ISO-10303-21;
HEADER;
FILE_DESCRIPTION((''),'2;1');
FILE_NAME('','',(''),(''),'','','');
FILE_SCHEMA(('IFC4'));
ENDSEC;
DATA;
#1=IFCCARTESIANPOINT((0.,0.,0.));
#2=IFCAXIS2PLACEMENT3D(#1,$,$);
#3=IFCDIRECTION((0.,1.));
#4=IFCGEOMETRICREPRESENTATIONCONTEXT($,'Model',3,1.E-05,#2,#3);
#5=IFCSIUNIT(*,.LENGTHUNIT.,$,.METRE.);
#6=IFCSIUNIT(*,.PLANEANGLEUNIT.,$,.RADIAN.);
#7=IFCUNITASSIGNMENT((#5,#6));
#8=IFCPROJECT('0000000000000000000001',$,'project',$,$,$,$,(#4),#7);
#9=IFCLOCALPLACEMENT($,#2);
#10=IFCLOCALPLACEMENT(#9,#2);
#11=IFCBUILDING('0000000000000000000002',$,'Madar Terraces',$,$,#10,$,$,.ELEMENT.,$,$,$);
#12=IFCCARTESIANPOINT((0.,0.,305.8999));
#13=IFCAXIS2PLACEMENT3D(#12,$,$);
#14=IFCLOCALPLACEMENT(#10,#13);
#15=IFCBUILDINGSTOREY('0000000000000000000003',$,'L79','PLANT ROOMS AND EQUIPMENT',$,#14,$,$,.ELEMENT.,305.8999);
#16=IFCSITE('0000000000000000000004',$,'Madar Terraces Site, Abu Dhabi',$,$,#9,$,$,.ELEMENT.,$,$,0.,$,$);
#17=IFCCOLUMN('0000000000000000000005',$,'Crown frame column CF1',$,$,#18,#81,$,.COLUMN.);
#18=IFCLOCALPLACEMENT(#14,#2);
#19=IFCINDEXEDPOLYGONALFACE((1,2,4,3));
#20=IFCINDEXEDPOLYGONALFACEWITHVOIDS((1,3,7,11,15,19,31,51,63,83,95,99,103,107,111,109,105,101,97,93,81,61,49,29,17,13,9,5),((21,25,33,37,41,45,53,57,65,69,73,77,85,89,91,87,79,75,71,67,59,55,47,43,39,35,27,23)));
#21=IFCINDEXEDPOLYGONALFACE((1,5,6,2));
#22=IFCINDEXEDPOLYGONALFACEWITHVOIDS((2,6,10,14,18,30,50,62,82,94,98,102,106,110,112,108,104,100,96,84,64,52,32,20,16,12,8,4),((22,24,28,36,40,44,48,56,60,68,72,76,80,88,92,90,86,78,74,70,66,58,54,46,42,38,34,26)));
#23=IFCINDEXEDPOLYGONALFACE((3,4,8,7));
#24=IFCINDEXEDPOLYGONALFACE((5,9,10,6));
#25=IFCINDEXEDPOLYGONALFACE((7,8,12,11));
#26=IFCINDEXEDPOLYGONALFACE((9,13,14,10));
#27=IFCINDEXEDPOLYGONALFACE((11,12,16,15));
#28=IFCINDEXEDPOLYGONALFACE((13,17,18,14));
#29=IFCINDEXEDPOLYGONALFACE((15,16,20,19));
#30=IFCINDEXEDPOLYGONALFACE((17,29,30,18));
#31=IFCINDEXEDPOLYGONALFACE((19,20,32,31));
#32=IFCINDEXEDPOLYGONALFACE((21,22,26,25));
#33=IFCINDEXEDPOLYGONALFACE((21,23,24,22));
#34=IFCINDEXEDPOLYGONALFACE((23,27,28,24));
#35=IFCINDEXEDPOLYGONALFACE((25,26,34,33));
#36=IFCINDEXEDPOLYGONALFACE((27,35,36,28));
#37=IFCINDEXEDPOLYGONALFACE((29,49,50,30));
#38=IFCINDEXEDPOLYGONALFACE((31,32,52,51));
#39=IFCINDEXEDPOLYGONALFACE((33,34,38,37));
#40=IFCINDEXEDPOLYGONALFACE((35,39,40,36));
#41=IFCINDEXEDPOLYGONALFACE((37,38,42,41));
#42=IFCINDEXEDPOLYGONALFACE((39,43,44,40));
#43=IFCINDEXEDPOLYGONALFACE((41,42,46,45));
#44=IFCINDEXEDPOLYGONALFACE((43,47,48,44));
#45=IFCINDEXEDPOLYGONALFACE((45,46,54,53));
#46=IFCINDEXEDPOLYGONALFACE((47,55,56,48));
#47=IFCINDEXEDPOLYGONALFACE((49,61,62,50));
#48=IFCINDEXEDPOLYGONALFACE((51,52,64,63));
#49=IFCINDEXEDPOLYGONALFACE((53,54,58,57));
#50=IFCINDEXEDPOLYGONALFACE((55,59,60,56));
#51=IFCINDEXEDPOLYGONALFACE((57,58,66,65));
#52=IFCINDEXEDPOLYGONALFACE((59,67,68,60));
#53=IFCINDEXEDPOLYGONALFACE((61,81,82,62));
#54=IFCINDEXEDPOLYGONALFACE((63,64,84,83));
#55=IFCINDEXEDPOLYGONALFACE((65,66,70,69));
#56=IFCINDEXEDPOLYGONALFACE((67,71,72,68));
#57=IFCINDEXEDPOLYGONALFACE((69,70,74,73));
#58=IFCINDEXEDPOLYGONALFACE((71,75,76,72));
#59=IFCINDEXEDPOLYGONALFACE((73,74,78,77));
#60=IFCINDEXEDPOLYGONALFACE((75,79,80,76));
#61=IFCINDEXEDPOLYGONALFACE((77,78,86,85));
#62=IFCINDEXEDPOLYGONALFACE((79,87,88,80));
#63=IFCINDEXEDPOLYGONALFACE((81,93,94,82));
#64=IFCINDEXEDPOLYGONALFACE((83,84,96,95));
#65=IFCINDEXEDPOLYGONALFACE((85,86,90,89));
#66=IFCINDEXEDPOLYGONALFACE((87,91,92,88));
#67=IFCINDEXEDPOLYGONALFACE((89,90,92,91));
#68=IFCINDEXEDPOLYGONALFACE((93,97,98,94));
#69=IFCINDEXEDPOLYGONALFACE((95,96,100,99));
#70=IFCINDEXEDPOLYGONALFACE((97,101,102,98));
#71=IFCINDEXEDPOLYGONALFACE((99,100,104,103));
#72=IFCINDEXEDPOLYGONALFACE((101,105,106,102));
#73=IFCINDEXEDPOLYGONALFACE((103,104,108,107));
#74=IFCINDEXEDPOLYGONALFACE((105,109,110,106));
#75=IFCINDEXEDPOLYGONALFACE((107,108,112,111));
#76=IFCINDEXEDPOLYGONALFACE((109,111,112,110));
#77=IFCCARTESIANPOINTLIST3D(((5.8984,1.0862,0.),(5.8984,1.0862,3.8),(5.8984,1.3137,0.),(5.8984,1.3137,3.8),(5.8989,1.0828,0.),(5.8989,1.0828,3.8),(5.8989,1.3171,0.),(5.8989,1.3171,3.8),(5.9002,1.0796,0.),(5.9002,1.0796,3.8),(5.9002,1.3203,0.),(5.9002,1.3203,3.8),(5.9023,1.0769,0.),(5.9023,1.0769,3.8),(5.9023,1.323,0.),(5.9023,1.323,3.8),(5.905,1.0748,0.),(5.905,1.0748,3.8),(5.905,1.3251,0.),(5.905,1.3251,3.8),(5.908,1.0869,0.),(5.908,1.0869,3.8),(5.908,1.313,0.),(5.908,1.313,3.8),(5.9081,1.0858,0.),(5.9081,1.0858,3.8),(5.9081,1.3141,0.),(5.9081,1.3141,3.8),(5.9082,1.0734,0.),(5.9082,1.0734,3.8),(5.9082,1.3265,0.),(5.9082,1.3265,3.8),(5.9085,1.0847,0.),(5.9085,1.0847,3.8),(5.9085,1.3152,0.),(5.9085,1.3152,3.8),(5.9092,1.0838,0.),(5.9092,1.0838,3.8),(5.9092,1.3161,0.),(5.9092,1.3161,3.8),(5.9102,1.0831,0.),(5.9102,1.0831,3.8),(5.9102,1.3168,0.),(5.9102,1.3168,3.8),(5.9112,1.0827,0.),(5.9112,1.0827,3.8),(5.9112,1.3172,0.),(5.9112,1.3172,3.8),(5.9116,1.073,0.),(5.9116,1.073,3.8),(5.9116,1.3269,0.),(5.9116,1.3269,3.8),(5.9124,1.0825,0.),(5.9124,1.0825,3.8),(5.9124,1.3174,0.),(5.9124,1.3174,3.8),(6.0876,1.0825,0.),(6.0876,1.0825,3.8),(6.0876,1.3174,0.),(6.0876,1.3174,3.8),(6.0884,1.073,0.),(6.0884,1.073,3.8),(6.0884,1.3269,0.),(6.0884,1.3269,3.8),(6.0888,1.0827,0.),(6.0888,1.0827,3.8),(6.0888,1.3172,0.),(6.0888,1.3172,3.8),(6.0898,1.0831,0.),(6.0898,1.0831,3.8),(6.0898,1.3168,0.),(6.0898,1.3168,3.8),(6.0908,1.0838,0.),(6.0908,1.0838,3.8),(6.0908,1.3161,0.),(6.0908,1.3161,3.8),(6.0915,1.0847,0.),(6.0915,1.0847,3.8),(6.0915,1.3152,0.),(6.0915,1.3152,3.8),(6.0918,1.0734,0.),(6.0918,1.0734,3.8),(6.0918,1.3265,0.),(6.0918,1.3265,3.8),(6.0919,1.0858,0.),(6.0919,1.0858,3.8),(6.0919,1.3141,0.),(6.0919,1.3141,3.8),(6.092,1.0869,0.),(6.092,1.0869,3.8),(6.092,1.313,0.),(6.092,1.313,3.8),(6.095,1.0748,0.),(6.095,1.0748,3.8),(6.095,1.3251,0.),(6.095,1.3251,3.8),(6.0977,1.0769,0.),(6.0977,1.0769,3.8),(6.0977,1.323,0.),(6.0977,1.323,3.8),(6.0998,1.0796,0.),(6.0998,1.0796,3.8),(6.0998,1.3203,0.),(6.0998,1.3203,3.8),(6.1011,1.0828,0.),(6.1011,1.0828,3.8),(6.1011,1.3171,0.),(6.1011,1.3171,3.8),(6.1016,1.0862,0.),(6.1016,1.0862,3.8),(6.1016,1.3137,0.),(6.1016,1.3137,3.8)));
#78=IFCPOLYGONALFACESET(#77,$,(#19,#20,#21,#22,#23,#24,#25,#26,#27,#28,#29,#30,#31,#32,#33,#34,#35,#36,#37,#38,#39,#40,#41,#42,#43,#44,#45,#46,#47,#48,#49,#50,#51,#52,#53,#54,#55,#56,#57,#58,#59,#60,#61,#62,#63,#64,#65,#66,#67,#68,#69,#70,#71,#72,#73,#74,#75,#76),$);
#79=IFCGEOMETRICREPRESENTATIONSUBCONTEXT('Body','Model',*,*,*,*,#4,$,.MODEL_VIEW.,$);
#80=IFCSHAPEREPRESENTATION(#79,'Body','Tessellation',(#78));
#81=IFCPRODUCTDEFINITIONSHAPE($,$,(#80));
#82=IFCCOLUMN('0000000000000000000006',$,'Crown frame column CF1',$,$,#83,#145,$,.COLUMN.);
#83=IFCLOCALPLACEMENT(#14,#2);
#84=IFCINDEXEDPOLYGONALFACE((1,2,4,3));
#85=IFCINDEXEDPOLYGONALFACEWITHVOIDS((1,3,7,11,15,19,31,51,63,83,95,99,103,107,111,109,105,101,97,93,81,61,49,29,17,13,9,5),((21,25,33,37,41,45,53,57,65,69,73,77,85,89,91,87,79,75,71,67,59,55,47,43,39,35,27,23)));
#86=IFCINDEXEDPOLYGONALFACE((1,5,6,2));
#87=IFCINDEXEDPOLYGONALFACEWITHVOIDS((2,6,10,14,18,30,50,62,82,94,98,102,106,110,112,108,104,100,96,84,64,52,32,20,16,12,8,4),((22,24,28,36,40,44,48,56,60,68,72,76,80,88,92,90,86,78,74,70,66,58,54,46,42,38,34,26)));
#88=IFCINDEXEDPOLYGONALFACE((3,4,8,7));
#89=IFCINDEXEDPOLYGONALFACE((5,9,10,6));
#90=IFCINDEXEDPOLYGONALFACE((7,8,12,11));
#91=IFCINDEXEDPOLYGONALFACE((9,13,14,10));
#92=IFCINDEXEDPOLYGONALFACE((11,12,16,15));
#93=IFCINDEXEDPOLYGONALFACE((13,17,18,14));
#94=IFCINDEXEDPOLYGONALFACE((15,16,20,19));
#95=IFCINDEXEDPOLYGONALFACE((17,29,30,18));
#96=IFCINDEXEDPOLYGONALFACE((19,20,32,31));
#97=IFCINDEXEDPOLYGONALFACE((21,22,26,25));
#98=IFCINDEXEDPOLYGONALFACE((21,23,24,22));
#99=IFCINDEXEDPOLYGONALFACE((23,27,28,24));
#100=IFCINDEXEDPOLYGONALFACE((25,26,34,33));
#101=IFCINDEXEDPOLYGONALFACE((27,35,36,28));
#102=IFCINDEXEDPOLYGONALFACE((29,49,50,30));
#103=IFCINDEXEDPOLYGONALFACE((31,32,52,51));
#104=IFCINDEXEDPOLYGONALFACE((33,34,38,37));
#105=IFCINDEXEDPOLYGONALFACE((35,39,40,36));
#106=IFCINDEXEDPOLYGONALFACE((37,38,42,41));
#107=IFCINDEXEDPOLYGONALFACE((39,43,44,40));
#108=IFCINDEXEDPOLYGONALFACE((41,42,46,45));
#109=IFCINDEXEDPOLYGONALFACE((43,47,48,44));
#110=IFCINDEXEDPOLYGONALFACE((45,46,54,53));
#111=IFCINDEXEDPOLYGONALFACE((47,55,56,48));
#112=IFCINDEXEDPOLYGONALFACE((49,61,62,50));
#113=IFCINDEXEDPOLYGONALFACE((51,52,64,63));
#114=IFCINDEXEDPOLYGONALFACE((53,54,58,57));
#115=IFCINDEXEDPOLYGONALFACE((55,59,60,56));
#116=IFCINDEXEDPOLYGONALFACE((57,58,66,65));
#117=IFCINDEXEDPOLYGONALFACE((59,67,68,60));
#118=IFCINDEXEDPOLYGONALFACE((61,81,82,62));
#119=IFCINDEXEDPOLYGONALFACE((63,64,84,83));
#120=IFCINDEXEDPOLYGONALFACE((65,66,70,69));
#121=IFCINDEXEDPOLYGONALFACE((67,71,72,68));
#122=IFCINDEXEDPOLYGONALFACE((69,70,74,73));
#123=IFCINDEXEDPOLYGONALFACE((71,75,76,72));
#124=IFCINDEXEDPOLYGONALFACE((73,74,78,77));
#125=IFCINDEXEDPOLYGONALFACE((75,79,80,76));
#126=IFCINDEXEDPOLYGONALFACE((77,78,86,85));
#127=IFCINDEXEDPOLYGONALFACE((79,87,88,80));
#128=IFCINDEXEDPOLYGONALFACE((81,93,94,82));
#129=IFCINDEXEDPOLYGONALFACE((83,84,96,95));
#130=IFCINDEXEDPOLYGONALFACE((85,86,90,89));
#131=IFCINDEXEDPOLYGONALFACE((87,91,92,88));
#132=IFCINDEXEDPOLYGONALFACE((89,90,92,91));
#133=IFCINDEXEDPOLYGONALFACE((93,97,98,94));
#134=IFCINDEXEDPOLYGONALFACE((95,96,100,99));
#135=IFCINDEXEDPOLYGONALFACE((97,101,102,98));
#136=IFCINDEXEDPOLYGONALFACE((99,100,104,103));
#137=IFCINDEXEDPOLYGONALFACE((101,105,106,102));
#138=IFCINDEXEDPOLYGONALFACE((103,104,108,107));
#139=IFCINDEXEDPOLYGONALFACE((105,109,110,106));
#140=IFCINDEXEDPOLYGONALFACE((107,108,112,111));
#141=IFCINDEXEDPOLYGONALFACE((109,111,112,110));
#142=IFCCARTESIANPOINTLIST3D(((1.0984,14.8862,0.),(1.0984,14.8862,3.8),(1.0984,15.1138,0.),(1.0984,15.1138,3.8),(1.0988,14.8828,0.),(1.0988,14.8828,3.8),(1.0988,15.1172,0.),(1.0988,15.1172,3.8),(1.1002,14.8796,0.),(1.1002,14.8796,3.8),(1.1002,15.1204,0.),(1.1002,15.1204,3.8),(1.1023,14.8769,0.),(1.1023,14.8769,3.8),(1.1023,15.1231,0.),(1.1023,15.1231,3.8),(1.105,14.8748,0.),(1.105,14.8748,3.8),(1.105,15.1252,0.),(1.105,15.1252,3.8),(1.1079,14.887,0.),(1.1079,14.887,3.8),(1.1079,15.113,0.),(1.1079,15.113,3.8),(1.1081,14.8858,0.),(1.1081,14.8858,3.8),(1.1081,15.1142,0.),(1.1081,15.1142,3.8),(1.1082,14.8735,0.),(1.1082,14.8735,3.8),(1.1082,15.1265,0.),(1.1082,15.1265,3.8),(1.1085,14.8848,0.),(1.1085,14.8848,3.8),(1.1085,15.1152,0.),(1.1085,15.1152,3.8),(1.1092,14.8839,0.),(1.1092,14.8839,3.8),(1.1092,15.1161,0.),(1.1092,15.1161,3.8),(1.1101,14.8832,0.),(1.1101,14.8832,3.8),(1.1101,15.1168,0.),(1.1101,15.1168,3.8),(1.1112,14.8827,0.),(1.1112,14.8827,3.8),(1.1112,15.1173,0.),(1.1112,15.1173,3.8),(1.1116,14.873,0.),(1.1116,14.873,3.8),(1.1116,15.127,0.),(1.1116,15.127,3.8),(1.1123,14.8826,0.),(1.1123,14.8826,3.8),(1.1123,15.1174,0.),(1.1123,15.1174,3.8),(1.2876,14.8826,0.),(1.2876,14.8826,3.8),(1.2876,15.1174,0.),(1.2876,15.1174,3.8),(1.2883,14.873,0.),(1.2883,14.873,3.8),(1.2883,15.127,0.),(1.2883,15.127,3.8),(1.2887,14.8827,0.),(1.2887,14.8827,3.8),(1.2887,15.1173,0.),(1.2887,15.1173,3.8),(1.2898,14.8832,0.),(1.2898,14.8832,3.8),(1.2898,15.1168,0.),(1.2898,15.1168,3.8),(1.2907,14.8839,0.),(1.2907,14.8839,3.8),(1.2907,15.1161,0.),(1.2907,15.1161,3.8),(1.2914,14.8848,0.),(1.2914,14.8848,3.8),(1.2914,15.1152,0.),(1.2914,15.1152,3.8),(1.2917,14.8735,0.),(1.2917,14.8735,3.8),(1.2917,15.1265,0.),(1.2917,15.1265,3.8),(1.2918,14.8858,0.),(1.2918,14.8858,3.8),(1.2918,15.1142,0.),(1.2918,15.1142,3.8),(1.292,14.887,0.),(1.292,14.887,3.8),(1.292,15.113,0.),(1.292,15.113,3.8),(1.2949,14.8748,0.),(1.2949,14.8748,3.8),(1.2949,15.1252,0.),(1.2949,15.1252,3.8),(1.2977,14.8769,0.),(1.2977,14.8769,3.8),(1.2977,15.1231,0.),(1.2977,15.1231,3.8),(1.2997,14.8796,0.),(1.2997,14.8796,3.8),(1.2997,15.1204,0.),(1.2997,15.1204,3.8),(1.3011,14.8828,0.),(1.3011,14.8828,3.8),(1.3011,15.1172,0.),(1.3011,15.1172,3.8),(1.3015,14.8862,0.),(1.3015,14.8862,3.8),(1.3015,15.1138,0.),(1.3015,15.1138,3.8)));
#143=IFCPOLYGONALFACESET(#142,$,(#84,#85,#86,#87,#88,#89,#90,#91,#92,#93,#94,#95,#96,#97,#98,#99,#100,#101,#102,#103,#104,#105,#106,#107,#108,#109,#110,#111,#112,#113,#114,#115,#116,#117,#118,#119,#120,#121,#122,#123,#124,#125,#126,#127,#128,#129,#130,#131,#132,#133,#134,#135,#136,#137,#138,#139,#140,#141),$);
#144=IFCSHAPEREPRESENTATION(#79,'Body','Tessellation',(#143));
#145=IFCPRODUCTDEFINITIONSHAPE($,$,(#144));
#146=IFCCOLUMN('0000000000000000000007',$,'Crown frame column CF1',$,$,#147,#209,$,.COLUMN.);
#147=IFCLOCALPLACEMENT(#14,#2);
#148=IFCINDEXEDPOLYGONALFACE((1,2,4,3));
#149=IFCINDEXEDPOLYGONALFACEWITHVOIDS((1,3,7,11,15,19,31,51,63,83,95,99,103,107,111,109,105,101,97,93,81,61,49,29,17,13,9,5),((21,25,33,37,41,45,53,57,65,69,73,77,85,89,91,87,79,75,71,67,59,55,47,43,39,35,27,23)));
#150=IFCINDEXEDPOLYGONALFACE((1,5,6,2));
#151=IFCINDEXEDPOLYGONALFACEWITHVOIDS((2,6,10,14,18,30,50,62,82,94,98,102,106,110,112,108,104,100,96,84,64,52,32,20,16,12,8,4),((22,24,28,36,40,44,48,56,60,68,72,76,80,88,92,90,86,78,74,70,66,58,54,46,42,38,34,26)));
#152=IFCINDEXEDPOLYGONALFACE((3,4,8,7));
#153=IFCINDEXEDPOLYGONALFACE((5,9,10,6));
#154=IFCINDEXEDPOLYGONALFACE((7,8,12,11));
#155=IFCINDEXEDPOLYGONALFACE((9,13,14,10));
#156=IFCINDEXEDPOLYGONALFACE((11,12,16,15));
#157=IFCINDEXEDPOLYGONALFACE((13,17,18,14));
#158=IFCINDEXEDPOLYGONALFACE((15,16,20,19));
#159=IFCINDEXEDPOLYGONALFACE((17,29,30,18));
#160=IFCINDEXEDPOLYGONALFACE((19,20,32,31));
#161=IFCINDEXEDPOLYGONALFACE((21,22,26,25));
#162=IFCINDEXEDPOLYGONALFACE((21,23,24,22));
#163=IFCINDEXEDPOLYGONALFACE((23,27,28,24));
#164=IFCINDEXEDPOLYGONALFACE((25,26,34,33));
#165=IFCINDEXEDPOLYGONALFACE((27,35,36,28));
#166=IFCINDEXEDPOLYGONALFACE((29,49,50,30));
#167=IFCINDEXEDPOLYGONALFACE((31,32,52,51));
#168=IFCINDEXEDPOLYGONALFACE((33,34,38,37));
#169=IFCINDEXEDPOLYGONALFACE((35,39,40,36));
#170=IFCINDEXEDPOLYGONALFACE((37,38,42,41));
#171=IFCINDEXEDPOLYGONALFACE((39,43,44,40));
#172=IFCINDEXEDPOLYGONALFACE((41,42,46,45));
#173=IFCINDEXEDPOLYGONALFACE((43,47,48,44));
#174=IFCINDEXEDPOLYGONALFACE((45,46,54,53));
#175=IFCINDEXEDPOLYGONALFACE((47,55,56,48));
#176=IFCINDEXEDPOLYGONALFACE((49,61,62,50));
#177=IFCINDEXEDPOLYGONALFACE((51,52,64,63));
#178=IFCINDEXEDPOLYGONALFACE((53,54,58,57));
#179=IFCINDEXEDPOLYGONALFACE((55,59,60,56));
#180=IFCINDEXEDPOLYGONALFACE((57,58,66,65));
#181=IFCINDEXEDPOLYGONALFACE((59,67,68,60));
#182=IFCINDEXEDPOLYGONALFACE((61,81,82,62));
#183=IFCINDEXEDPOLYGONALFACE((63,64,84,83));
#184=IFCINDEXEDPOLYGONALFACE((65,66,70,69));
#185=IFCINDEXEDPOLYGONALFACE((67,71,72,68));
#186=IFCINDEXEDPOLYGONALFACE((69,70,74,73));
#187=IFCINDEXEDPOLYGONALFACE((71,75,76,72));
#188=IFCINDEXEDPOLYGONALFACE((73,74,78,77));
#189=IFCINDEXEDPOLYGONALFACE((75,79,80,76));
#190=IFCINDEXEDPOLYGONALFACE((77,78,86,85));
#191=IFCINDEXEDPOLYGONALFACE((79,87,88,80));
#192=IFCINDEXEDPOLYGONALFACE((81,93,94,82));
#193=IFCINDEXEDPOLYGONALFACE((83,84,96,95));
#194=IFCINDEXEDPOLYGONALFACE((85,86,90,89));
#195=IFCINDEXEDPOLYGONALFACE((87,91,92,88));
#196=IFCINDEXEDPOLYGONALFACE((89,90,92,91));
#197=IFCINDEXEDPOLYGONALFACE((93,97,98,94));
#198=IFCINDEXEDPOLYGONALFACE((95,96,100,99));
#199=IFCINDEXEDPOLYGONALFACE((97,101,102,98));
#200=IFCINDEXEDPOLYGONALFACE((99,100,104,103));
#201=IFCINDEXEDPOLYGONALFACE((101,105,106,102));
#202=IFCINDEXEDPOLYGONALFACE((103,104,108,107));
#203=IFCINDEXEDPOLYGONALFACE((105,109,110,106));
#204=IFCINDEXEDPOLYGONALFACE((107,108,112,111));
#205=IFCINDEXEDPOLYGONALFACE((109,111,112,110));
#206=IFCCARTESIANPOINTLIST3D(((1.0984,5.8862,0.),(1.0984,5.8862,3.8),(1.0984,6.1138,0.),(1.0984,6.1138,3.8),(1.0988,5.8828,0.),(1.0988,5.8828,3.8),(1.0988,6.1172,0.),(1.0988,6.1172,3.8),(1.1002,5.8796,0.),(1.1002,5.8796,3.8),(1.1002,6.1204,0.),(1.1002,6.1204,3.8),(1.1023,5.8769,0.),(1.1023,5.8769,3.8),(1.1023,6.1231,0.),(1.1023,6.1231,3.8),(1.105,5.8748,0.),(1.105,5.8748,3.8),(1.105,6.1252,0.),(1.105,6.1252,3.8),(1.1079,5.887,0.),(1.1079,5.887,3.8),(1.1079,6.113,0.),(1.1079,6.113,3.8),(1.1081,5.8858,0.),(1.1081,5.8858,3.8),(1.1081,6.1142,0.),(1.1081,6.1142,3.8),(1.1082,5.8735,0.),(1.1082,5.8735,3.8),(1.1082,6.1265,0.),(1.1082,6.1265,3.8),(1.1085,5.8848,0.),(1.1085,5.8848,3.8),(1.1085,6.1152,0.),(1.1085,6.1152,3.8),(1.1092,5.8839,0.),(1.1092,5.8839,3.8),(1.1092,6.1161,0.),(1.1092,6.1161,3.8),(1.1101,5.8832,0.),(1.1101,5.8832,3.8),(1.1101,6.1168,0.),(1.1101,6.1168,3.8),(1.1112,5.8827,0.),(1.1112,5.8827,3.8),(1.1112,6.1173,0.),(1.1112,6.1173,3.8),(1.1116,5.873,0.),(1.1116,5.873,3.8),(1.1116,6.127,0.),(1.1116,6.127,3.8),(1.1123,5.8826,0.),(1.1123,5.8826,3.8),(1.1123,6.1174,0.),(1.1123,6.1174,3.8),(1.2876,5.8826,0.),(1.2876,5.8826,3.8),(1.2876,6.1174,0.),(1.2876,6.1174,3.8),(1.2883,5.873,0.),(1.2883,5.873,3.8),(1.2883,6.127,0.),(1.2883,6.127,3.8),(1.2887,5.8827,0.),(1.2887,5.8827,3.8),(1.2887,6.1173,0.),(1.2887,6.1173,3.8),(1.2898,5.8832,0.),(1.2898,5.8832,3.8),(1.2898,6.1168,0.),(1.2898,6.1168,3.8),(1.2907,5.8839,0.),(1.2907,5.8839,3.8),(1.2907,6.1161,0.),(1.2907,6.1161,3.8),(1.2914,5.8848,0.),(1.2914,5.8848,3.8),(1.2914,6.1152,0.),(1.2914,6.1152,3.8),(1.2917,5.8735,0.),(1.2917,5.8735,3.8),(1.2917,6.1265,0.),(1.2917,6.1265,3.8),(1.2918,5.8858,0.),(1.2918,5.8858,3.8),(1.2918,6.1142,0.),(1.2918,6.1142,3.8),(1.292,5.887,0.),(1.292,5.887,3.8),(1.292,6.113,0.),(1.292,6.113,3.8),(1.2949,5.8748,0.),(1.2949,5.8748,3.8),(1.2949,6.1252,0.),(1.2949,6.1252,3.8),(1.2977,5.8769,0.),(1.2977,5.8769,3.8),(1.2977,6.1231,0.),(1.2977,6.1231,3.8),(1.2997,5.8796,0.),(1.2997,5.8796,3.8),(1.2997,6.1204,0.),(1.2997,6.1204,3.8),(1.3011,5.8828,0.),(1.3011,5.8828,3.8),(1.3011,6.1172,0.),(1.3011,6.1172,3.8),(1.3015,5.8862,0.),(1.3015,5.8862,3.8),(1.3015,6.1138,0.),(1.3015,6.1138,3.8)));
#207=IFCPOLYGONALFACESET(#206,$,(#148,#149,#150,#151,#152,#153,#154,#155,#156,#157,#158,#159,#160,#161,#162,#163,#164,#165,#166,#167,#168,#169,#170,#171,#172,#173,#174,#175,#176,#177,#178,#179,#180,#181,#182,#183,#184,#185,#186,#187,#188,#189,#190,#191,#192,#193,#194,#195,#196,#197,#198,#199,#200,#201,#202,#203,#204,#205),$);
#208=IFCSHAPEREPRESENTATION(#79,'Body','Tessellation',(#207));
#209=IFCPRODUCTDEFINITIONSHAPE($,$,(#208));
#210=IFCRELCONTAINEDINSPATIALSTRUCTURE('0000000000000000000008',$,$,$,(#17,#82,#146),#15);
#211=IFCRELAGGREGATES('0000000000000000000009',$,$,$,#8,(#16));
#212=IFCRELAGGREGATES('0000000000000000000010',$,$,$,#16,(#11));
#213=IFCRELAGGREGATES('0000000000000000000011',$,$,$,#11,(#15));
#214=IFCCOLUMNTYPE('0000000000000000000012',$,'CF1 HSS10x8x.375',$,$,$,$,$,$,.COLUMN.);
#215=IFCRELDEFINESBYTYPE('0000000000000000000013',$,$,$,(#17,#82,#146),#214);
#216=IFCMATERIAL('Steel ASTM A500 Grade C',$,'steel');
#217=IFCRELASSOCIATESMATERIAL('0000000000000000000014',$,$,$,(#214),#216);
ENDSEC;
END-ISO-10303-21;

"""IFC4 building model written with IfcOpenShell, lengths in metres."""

from ifc_helpers import new_model, si_unit, direction, frame, origin, origin_2d, place, context, subcontext, project, spatial, hollow_rectangle, extrude, material, material_profile, profile_set, type_object, element, save


model = new_model("IFC4")

# Units and contexts
model_context = context("Model", 3, precision=1e-05, world=origin(), true_north=direction((0.0, 1.0)))
body_context = subcontext(model_context, "Body", "Model", "MODEL_VIEW")
ifc_project = project(units=[si_unit("LENGTHUNIT", "METRE"), si_unit("PLANEANGLEUNIT", "RADIAN")], contexts=[model_context])

# Site, building, storey
site_placement = place(None, origin())
site = spatial("IfcSite", under=ifc_project, at=site_placement, Name="Madar Terraces Site, Abu Dhabi", CompositionType="ELEMENT", RefElevation=0.0)
building_placement = place(site_placement, origin())
building = spatial("IfcBuilding", under=site, at=building_placement, Name="Madar Terraces", CompositionType="ELEMENT")
storey_placement = place(building_placement, frame((0.0, 0.0, 305.8999)))
storey = spatial("IfcBuildingStorey", under=building, at=storey_placement, Name="L79", Description="PLANT ROOMS AND EQUIPMENT", CompositionType="ELEMENT", Elevation=305.8999)

# Columns
ifc_material_1 = material(Name="Steel ASTM A500 Grade C", Category="steel")
ifc_material_profile_1 = material_profile(ifc_material_1, hollow_rectangle(XDim=0.2031, YDim=0.2539, WallThickness=0.0095, InnerFilletRadius=0.0044, OuterFilletRadius=0.0132, at=origin_2d()), Name="HSS10x8x.375")
ifc_profile_set_1 = profile_set([ifc_material_profile_1], Name="Steel ASTM A500 Grade C")
column_type = type_object("IfcColumnType", Name="CF1 HSS10x8x.375", PredefinedType="COLUMN", material=ifc_profile_set_1)
for number, where, z_axis, x_axis, name in (
    (1, (6.0, 1.2, 0.0), (0.0, 0.0, 1.0), (1.0, 0.0, 0.0), "Crown frame column CF1"),
    (2, (1.2, 15.0, 0.0), (0.0, 0.0, 1.0), (1.0, 0.0, 0.0), "Crown frame column CF1"),
    (3, (1.2, 6.0, 0.0), (0.0, 0.0, 1.0), (1.0, 0.0, 0.0), "Crown frame column CF1"),
):
    element("IfcColumn", number, at=place(storey_placement, frame(where, z_axis=z_axis, x_axis=x_axis)), inside=storey, type_object=column_type, Name=name, PredefinedType="COLUMN", context=body_context, shape_type="SweptSolid", body=[
        extrude(hollow_rectangle(XDim=0.2031, YDim=0.2539, WallThickness=0.0095, InnerFilletRadius=0.0044, OuterFilletRadius=0.0132, at=origin_2d()), origin(), (0.0, 0.0, 1.0), 3.8),
    ])

save(model, "model.ifc")
